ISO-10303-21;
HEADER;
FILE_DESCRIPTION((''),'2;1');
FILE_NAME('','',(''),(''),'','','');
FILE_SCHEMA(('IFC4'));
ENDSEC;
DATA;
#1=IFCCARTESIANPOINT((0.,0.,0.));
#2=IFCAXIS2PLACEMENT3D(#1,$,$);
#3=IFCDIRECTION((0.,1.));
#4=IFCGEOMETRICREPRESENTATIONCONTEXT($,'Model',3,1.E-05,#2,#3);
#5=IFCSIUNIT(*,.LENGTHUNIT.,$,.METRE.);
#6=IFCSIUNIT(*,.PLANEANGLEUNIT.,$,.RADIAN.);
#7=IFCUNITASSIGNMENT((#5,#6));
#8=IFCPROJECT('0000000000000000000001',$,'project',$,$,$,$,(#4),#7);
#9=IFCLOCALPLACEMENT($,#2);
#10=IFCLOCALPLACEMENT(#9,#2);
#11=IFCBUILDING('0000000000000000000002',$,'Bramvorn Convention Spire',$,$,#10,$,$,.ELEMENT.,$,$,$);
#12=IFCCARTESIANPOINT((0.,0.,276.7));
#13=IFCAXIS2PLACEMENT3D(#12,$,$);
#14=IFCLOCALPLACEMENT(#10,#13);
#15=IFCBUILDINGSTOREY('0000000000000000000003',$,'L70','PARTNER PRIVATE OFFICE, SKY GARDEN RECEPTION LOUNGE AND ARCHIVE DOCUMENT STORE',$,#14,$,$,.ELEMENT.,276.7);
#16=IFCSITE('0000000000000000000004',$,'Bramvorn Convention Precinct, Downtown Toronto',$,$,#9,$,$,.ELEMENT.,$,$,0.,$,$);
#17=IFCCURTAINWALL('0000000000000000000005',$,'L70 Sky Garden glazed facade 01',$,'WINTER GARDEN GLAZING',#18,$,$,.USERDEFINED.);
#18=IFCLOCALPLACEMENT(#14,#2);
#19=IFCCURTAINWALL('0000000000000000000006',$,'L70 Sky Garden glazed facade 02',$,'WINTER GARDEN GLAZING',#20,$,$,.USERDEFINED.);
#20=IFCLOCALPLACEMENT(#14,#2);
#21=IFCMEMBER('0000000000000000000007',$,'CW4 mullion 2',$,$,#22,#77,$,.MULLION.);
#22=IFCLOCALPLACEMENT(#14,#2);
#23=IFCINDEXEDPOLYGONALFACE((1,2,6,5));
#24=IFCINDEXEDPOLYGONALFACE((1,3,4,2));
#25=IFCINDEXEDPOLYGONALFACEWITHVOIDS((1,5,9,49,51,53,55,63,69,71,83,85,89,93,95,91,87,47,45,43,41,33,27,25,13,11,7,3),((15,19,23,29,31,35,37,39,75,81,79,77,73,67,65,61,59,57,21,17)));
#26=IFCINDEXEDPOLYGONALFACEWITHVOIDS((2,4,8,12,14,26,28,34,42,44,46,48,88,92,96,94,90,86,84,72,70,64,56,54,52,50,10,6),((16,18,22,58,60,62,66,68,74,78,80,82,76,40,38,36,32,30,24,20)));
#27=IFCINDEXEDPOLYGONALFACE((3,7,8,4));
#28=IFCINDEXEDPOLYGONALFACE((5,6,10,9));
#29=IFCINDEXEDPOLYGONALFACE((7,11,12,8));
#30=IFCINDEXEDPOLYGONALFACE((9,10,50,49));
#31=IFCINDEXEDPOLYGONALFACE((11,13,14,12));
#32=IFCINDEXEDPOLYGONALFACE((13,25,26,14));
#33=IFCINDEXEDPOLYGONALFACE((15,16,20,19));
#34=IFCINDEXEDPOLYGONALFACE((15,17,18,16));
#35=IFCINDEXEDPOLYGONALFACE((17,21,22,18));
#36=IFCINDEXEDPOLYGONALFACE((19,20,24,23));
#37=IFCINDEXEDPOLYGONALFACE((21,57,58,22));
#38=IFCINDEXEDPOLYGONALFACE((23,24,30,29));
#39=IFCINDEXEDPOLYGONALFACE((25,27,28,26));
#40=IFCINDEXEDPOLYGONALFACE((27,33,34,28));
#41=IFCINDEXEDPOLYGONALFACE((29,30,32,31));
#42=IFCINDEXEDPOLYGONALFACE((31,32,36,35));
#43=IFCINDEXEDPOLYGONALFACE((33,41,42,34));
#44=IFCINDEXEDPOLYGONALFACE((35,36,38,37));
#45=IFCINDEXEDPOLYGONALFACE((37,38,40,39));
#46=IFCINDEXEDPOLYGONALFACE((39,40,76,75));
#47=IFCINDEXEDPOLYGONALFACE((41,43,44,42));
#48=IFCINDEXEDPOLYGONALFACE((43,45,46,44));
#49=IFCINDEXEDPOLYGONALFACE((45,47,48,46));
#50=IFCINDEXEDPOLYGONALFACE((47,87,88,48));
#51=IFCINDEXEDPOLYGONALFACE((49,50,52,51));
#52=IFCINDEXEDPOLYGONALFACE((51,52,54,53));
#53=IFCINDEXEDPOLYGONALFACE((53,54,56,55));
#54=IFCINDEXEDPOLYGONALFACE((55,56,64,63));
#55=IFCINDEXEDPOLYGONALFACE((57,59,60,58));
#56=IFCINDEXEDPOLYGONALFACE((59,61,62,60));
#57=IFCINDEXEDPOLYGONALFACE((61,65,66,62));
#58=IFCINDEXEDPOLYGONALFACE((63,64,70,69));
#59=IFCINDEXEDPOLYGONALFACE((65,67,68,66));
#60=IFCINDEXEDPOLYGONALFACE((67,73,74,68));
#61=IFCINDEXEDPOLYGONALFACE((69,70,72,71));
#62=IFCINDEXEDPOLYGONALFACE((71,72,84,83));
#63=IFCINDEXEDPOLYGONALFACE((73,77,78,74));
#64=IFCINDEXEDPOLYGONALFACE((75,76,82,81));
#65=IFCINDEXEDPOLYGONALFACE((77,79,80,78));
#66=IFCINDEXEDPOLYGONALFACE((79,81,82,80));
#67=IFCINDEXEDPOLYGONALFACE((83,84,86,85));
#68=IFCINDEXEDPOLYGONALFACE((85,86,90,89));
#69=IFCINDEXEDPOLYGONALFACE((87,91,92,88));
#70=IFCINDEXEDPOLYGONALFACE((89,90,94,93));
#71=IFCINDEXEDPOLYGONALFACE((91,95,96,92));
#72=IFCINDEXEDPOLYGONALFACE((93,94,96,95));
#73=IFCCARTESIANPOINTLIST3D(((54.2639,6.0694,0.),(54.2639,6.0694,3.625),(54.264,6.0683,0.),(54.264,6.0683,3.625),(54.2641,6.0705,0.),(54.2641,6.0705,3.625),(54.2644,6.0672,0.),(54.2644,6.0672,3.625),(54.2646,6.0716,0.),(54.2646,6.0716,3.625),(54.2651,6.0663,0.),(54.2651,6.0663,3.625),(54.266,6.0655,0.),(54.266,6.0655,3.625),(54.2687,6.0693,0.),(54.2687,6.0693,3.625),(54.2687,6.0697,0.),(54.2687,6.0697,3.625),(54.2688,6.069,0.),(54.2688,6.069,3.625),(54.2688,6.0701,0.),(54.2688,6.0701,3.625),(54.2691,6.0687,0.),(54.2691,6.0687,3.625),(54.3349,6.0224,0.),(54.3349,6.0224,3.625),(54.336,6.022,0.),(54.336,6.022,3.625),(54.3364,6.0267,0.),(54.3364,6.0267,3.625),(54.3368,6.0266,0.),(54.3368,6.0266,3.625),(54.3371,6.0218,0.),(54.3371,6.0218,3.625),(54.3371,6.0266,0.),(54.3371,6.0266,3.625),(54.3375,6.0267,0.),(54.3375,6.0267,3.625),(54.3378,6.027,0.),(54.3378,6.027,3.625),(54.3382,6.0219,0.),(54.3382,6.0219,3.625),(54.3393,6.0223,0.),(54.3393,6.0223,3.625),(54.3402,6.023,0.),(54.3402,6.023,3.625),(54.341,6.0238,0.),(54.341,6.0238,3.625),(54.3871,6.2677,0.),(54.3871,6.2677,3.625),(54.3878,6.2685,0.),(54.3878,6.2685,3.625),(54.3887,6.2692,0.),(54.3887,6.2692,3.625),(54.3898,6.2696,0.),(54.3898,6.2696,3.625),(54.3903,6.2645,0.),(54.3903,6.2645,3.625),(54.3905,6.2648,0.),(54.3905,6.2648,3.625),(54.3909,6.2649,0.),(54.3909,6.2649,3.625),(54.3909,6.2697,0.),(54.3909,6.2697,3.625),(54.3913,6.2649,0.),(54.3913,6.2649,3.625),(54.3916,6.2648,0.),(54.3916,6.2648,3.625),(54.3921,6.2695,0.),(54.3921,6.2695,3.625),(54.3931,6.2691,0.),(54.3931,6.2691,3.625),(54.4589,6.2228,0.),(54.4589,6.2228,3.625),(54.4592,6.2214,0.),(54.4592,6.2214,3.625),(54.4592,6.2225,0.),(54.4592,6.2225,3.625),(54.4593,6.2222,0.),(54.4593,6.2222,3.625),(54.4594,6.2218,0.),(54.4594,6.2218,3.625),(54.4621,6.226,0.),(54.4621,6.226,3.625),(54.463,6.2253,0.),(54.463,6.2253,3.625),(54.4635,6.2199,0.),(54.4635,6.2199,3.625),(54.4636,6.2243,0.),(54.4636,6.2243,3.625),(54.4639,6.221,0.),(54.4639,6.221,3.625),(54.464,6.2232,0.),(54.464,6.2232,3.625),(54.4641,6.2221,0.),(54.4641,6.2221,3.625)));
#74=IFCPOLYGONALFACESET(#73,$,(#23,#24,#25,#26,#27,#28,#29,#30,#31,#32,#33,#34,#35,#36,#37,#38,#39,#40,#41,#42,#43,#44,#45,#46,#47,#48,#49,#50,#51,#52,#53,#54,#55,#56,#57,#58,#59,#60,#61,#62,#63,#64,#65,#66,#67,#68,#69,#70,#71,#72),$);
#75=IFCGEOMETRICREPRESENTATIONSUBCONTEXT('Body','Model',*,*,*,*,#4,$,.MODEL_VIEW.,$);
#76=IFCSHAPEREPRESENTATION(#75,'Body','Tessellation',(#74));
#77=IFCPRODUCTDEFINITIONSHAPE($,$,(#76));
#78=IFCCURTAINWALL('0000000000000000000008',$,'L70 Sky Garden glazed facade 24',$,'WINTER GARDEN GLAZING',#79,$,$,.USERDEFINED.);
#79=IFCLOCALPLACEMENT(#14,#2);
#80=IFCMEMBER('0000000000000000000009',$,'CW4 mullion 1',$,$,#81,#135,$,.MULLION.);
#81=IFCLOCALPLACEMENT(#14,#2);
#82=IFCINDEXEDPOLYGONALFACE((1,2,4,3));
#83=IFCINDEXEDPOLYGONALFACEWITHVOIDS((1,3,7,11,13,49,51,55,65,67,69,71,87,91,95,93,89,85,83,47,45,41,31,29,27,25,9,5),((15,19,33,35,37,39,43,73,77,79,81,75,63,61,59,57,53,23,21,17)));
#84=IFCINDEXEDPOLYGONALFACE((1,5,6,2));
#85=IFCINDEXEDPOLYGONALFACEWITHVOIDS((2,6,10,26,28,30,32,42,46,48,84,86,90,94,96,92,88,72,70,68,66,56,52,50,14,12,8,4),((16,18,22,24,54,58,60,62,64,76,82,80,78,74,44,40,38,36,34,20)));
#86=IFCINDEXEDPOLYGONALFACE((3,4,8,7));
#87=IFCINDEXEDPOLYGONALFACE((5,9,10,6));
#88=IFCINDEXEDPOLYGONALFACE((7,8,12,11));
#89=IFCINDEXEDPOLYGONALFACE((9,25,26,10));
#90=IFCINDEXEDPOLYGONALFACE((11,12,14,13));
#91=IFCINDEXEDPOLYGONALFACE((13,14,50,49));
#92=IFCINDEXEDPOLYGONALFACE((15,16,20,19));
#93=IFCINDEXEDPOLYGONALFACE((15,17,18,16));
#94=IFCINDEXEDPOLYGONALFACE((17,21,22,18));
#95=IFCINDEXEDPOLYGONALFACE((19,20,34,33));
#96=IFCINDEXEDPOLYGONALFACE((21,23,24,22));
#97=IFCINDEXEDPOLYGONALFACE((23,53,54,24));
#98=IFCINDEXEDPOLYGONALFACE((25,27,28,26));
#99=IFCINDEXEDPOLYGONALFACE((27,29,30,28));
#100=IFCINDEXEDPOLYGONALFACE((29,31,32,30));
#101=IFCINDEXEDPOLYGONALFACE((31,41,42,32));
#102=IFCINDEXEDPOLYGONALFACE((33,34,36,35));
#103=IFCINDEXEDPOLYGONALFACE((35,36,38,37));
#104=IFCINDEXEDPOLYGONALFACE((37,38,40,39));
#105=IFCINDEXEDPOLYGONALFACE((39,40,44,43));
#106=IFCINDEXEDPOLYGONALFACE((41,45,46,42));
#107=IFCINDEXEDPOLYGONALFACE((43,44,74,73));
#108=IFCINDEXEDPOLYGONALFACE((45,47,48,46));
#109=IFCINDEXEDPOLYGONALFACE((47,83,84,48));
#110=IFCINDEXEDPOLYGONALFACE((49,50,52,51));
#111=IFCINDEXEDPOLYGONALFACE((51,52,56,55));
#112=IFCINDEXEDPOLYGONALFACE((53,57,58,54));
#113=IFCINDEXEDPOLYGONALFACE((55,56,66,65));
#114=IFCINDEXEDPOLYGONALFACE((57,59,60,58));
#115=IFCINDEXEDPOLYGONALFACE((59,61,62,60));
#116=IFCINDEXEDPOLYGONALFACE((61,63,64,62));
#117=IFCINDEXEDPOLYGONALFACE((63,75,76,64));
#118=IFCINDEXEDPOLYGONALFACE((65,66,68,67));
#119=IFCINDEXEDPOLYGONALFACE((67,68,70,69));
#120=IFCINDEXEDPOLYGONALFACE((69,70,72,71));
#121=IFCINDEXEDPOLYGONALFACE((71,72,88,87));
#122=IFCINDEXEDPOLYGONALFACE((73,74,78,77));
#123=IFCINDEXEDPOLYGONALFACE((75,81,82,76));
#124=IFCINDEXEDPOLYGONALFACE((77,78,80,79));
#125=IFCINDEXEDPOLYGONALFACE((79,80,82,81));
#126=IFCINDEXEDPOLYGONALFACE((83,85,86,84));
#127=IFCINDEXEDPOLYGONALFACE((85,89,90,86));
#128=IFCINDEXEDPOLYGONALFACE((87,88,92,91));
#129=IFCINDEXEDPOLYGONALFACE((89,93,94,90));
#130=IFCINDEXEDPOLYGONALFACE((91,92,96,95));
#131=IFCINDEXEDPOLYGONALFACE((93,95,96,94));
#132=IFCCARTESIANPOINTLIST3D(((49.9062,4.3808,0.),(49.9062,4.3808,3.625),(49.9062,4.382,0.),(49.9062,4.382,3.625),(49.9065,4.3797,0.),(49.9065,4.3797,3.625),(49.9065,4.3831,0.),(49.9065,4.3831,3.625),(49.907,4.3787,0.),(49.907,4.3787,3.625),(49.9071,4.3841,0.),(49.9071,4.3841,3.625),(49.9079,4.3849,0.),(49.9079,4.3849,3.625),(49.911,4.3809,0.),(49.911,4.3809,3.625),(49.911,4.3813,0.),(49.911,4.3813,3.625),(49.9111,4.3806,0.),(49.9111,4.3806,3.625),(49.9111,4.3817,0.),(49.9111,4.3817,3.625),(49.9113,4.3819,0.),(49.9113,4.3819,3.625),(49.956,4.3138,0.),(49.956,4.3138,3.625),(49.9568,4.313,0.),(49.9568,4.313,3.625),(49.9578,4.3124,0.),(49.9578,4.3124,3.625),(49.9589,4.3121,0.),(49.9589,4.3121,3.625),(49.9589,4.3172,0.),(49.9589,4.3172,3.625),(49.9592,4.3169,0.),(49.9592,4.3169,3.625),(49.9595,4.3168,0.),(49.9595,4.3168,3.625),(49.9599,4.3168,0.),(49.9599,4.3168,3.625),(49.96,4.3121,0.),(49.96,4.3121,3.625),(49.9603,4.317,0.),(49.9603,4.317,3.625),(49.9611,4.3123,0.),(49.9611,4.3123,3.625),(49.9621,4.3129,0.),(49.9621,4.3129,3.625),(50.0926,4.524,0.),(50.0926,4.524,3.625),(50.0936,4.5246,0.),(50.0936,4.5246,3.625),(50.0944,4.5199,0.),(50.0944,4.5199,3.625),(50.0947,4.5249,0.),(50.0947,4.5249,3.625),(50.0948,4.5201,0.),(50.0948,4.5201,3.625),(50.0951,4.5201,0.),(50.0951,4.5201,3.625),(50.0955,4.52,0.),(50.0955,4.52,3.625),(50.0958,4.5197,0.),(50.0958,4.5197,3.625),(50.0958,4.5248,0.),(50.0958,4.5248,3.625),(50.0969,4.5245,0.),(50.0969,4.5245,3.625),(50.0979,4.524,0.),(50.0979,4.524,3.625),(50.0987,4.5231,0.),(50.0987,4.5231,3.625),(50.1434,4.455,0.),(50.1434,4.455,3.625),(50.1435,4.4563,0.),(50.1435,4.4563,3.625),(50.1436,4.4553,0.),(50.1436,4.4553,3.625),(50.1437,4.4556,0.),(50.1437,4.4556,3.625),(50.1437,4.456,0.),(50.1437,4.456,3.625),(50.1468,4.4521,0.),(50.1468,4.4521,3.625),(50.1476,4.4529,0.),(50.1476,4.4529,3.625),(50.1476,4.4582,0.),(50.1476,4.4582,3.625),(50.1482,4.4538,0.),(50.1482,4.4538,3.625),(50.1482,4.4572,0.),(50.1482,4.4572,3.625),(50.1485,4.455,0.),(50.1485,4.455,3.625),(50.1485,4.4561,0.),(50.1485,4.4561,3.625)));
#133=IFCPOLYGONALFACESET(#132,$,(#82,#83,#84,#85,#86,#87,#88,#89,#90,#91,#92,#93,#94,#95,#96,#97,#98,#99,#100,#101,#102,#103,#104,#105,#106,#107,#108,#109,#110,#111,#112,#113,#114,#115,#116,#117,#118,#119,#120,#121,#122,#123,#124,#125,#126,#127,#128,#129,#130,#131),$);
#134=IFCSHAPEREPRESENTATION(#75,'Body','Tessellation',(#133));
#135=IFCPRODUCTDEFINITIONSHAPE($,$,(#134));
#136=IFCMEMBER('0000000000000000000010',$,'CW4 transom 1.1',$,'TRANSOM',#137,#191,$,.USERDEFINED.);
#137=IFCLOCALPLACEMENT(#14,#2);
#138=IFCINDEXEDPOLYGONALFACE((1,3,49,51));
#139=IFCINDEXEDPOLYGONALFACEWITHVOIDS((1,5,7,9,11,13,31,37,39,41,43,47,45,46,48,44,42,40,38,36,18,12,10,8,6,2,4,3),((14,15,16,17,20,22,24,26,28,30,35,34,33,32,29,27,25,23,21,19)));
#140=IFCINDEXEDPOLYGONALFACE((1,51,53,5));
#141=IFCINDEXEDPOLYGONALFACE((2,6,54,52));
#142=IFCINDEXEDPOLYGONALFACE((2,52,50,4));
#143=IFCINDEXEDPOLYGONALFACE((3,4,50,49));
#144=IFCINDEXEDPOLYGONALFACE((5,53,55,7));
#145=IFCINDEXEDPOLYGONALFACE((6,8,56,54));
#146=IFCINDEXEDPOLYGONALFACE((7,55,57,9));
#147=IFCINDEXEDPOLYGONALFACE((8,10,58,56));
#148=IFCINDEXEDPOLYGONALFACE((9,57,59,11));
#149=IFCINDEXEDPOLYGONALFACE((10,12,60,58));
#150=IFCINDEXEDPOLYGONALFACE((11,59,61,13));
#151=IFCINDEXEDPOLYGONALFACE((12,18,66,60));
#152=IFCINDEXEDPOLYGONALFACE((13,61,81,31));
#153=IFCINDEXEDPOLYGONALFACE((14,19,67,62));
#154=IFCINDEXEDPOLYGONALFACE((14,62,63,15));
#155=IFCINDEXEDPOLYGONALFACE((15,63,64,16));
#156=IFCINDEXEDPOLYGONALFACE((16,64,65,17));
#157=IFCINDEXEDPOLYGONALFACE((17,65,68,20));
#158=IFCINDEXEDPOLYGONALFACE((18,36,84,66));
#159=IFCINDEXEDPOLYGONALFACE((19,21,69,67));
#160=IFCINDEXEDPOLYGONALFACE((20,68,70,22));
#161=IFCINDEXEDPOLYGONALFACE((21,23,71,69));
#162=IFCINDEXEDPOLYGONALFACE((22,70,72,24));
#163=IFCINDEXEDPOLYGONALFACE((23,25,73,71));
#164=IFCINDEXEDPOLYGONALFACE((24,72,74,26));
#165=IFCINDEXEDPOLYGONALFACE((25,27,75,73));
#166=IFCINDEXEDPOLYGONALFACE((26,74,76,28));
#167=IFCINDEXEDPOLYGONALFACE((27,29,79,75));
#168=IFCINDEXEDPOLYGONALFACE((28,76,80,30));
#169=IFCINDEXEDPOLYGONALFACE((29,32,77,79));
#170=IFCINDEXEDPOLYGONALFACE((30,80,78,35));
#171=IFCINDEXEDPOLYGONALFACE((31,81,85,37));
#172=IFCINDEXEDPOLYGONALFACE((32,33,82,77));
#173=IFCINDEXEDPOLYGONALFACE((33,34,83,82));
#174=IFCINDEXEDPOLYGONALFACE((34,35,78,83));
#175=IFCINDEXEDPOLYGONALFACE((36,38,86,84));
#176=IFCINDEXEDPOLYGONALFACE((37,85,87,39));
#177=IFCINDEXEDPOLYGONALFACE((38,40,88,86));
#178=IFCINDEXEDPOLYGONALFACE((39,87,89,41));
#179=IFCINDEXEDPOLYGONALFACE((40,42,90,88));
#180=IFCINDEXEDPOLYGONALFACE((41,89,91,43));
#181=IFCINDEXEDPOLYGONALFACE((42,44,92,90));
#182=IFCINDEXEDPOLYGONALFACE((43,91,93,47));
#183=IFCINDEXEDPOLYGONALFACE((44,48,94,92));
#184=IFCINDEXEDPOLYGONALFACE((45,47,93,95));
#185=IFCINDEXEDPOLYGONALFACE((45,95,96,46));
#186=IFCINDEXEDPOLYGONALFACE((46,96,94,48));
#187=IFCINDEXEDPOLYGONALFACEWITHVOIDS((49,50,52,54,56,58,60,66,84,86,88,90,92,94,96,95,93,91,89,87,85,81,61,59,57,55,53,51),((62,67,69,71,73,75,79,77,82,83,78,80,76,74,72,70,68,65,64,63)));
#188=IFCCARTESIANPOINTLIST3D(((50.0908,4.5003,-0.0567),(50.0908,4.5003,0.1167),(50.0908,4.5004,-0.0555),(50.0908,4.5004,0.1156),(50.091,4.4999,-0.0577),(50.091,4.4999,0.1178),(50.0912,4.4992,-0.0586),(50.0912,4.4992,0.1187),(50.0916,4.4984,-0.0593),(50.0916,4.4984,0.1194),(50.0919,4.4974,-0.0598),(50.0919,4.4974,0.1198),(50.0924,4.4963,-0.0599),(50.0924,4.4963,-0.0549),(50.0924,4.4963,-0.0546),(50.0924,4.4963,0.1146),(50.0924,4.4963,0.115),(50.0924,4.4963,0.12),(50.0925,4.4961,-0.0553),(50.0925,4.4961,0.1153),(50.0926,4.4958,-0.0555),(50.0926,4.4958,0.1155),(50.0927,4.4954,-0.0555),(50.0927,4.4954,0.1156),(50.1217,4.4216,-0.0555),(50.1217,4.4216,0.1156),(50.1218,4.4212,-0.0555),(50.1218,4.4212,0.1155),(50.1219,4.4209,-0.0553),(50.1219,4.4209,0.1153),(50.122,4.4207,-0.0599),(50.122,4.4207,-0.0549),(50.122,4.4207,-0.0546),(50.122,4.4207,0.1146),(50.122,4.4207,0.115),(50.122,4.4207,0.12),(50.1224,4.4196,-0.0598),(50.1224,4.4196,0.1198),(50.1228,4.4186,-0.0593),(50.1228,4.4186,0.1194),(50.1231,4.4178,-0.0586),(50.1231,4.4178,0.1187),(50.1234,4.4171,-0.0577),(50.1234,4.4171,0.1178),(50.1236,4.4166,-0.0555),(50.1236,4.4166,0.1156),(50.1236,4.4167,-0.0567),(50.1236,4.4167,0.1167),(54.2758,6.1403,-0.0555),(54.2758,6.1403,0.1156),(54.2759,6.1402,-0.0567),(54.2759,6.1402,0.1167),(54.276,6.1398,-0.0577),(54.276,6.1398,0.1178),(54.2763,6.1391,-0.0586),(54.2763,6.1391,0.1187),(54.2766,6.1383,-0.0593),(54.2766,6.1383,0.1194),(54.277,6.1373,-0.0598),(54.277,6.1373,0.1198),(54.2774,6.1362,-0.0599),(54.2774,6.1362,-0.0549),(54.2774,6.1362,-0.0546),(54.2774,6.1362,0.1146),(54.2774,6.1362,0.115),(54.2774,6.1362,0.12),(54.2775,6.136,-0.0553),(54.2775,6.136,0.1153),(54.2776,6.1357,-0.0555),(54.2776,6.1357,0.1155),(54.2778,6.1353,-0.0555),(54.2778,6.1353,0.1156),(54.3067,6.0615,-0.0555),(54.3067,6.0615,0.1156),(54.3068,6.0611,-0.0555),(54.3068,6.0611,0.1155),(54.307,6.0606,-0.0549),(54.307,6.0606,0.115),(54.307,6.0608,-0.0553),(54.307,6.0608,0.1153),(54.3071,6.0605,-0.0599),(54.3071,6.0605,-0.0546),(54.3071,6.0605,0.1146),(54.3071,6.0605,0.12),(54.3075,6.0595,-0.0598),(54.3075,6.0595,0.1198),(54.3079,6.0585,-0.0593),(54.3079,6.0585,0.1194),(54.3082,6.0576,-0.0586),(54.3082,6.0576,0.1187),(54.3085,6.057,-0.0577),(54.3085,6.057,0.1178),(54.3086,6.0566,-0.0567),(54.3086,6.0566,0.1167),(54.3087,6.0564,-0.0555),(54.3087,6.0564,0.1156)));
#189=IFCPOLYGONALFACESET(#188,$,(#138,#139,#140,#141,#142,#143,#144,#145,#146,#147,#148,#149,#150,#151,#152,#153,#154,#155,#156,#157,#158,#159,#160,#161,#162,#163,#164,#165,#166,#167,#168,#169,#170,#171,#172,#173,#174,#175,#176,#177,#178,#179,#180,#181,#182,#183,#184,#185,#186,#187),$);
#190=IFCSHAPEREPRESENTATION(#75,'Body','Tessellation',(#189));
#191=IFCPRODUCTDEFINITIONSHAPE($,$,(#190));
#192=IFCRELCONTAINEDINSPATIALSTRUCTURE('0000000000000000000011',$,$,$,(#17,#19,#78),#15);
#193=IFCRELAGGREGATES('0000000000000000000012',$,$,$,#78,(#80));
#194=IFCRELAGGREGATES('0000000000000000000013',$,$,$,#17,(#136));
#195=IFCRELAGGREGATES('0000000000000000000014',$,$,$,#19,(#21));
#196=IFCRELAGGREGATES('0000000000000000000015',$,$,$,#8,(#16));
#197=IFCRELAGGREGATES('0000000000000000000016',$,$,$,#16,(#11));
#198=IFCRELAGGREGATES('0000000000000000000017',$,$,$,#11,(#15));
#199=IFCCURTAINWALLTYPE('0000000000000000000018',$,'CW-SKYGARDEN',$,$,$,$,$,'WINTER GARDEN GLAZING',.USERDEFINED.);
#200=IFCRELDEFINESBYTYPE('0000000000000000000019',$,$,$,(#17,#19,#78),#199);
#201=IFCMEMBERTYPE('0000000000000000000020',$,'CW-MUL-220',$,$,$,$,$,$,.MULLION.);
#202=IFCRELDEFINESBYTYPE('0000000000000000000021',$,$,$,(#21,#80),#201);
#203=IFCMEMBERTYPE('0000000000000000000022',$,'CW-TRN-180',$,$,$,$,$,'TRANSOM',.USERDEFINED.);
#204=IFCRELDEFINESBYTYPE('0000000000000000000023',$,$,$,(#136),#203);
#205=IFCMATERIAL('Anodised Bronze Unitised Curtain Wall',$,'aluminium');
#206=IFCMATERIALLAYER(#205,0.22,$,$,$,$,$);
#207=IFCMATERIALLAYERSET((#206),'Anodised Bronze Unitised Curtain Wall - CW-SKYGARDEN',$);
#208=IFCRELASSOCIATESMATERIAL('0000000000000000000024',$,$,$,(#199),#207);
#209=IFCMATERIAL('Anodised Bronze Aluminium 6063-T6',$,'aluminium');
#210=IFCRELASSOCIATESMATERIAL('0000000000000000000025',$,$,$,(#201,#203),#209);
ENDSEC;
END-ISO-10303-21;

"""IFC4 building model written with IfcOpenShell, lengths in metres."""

from ifc_helpers import new_model, si_unit, direction, frame, origin, origin_2d, place, context, subcontext, project, spatial, hollow_rectangle, extrude, material, layer, layer_set, material_profile, profile_set, type_object, element, aggregate, save


model = new_model("IFC4")

# Units and contexts
model_context = context("Model", 3, precision=1e-05, world=origin(), true_north=direction((0.0, 1.0)))
body_context = subcontext(model_context, "Body", "Model", "MODEL_VIEW")
ifc_project = project(units=[si_unit("LENGTHUNIT", "METRE"), si_unit("PLANEANGLEUNIT", "RADIAN")], contexts=[model_context])

# Site, building, storey
site_placement = place(None, origin())
site = spatial("IfcSite", under=ifc_project, at=site_placement, Name="Bramvorn Convention Precinct, Downtown Toronto", CompositionType="ELEMENT", RefElevation=0.0)
building_placement = place(site_placement, origin())
building = spatial("IfcBuilding", under=site, at=building_placement, Name="Bramvorn Convention Spire", CompositionType="ELEMENT")
storey_placement = place(building_placement, frame((0.0, 0.0, 276.7)))
storey = spatial("IfcBuildingStorey", under=building, at=storey_placement, Name="L70", Description="PARTNER PRIVATE OFFICE, SKY GARDEN RECEPTION LOUNGE AND ARCHIVE DOCUMENT STORE", CompositionType="ELEMENT", Elevation=276.7)

# Curtain walls, member
ifc_material_1 = material(Name="Anodised Bronze Unitised Curtain Wall", Category="aluminium")
ifc_layer_1 = layer(ifc_material_1, 0.22)
ifc_layer_set_1 = layer_set([ifc_layer_1], Name="Anodised Bronze Unitised Curtain Wall - CW-SKYGARDEN")
curtain_wall_type = type_object("IfcCurtainWallType", Name="CW-SKYGARDEN", ElementType="WINTER GARDEN GLAZING", PredefinedType="USERDEFINED", material=ifc_layer_set_1)
curtain_wall_1_placement = place(storey_placement, origin())
curtain_wall_1 = element("IfcCurtainWall", 1, at=curtain_wall_1_placement, inside=storey, type_object=curtain_wall_type, Name="L70 Sky Garden glazed facade 01", ObjectType="WINTER GARDEN GLAZING", PredefinedType="USERDEFINED")
ifc_material_2 = material(Name="Anodised Bronze Aluminium 6063-T6", Category="aluminium")
ifc_material_profile_1 = material_profile(ifc_material_2, hollow_rectangle(XDim=0.0901, YDim=0.24, WallThickness=0.0044, InnerFilletRadius=0.001, OuterFilletRadius=0.0044, at=origin_2d()))
ifc_profile_set_1 = profile_set([ifc_material_profile_1], Name="Anodised Bronze Aluminium 6063-T6 - CWM90X240")
member_type_1 = type_object("IfcMemberType", Name="CW-MUL-220", PredefinedType="MULLION", material=ifc_profile_set_1)
curtain_wall_2_placement = place(storey_placement, origin())
curtain_wall_2 = element("IfcCurtainWall", 2, at=curtain_wall_2_placement, inside=storey, type_object=curtain_wall_type, Name="L70 Sky Garden glazed facade 02", ObjectType="WINTER GARDEN GLAZING", PredefinedType="USERDEFINED")
member_1_placement = place(storey_placement, frame((54.364, 6.1458, 0.0), z_axis=(0.0, 0.0, 1.0), x_axis=(0.848104, -0.529831, 0.0)))
member_1 = element("IfcMember", 3, at=member_1_placement, type_object=member_type_1, Name="CW4 mullion 2", PredefinedType="MULLION", context=body_context, shape_type="SweptSolid", body=[
    extrude(hollow_rectangle(XDim=0.0901, YDim=0.24, WallThickness=0.0044, InnerFilletRadius=0.001, OuterFilletRadius=0.0044, at=origin_2d()), origin(), (0.0, 0.0, 1.0), 3.625),
])

# Curtain wall, member
curtain_wall_3_placement = place(storey_placement, origin())
curtain_wall_3 = element("IfcCurtainWall", 4, at=curtain_wall_3_placement, inside=storey, type_object=curtain_wall_type, Name="L70 Sky Garden glazed facade 24", ObjectType="WINTER GARDEN GLAZING", PredefinedType="USERDEFINED")
member_2_placement = place(storey_placement, frame((50.0273, 4.4185, 0.0), z_axis=(0.0, 0.0, 1.0), x_axis=(0.601812, -0.798638, 0.0)))
member_2 = element("IfcMember", 5, at=member_2_placement, type_object=member_type_1, Name="CW4 mullion 1", PredefinedType="MULLION", context=body_context, shape_type="SweptSolid", body=[
    extrude(hollow_rectangle(XDim=0.0901, YDim=0.24, WallThickness=0.0044, InnerFilletRadius=0.001, OuterFilletRadius=0.0044, at=origin_2d()), origin(), (0.0, 0.0, 1.0), 3.625),
])

# Member
ifc_material_profile_2 = material_profile(ifc_material_2, hollow_rectangle(XDim=0.0901, YDim=0.1799, WallThickness=0.0044, InnerFilletRadius=0.001, OuterFilletRadius=0.0044, at=origin_2d()))
ifc_profile_set_2 = profile_set([ifc_material_profile_2], Name="Anodised Bronze Aluminium 6063-T6 - CWT90X180")
member_type_2 = type_object("IfcMemberType", Name="CW-TRN-180", ElementType="TRANSOM", PredefinedType="USERDEFINED", material=ifc_profile_set_2)
member_3_placement = place(storey_placement, frame((54.2922, 6.0984, 0.03), z_axis=(-0.931072, -0.364836, 0.0), x_axis=(0.364836, -0.931072, 0.0)))
member_3 = element("IfcMember", 6, at=member_3_placement, type_object=member_type_2, Name="CW4 transom 1.1", ObjectType="TRANSOM", PredefinedType="USERDEFINED", context=body_context, shape_type="SweptSolid", body=[
    extrude(hollow_rectangle(XDim=0.0901, YDim=0.1799, WallThickness=0.0044, InnerFilletRadius=0.001, OuterFilletRadius=0.0044, at=origin_2d()), origin(), (0.0, 0.0, 1.0), 4.4949),
])
aggregate(curtain_wall_3, [member_2])

aggregate(curtain_wall_1, [member_3])
aggregate(curtain_wall_2, [member_1])

save(model, "model.ifc")
